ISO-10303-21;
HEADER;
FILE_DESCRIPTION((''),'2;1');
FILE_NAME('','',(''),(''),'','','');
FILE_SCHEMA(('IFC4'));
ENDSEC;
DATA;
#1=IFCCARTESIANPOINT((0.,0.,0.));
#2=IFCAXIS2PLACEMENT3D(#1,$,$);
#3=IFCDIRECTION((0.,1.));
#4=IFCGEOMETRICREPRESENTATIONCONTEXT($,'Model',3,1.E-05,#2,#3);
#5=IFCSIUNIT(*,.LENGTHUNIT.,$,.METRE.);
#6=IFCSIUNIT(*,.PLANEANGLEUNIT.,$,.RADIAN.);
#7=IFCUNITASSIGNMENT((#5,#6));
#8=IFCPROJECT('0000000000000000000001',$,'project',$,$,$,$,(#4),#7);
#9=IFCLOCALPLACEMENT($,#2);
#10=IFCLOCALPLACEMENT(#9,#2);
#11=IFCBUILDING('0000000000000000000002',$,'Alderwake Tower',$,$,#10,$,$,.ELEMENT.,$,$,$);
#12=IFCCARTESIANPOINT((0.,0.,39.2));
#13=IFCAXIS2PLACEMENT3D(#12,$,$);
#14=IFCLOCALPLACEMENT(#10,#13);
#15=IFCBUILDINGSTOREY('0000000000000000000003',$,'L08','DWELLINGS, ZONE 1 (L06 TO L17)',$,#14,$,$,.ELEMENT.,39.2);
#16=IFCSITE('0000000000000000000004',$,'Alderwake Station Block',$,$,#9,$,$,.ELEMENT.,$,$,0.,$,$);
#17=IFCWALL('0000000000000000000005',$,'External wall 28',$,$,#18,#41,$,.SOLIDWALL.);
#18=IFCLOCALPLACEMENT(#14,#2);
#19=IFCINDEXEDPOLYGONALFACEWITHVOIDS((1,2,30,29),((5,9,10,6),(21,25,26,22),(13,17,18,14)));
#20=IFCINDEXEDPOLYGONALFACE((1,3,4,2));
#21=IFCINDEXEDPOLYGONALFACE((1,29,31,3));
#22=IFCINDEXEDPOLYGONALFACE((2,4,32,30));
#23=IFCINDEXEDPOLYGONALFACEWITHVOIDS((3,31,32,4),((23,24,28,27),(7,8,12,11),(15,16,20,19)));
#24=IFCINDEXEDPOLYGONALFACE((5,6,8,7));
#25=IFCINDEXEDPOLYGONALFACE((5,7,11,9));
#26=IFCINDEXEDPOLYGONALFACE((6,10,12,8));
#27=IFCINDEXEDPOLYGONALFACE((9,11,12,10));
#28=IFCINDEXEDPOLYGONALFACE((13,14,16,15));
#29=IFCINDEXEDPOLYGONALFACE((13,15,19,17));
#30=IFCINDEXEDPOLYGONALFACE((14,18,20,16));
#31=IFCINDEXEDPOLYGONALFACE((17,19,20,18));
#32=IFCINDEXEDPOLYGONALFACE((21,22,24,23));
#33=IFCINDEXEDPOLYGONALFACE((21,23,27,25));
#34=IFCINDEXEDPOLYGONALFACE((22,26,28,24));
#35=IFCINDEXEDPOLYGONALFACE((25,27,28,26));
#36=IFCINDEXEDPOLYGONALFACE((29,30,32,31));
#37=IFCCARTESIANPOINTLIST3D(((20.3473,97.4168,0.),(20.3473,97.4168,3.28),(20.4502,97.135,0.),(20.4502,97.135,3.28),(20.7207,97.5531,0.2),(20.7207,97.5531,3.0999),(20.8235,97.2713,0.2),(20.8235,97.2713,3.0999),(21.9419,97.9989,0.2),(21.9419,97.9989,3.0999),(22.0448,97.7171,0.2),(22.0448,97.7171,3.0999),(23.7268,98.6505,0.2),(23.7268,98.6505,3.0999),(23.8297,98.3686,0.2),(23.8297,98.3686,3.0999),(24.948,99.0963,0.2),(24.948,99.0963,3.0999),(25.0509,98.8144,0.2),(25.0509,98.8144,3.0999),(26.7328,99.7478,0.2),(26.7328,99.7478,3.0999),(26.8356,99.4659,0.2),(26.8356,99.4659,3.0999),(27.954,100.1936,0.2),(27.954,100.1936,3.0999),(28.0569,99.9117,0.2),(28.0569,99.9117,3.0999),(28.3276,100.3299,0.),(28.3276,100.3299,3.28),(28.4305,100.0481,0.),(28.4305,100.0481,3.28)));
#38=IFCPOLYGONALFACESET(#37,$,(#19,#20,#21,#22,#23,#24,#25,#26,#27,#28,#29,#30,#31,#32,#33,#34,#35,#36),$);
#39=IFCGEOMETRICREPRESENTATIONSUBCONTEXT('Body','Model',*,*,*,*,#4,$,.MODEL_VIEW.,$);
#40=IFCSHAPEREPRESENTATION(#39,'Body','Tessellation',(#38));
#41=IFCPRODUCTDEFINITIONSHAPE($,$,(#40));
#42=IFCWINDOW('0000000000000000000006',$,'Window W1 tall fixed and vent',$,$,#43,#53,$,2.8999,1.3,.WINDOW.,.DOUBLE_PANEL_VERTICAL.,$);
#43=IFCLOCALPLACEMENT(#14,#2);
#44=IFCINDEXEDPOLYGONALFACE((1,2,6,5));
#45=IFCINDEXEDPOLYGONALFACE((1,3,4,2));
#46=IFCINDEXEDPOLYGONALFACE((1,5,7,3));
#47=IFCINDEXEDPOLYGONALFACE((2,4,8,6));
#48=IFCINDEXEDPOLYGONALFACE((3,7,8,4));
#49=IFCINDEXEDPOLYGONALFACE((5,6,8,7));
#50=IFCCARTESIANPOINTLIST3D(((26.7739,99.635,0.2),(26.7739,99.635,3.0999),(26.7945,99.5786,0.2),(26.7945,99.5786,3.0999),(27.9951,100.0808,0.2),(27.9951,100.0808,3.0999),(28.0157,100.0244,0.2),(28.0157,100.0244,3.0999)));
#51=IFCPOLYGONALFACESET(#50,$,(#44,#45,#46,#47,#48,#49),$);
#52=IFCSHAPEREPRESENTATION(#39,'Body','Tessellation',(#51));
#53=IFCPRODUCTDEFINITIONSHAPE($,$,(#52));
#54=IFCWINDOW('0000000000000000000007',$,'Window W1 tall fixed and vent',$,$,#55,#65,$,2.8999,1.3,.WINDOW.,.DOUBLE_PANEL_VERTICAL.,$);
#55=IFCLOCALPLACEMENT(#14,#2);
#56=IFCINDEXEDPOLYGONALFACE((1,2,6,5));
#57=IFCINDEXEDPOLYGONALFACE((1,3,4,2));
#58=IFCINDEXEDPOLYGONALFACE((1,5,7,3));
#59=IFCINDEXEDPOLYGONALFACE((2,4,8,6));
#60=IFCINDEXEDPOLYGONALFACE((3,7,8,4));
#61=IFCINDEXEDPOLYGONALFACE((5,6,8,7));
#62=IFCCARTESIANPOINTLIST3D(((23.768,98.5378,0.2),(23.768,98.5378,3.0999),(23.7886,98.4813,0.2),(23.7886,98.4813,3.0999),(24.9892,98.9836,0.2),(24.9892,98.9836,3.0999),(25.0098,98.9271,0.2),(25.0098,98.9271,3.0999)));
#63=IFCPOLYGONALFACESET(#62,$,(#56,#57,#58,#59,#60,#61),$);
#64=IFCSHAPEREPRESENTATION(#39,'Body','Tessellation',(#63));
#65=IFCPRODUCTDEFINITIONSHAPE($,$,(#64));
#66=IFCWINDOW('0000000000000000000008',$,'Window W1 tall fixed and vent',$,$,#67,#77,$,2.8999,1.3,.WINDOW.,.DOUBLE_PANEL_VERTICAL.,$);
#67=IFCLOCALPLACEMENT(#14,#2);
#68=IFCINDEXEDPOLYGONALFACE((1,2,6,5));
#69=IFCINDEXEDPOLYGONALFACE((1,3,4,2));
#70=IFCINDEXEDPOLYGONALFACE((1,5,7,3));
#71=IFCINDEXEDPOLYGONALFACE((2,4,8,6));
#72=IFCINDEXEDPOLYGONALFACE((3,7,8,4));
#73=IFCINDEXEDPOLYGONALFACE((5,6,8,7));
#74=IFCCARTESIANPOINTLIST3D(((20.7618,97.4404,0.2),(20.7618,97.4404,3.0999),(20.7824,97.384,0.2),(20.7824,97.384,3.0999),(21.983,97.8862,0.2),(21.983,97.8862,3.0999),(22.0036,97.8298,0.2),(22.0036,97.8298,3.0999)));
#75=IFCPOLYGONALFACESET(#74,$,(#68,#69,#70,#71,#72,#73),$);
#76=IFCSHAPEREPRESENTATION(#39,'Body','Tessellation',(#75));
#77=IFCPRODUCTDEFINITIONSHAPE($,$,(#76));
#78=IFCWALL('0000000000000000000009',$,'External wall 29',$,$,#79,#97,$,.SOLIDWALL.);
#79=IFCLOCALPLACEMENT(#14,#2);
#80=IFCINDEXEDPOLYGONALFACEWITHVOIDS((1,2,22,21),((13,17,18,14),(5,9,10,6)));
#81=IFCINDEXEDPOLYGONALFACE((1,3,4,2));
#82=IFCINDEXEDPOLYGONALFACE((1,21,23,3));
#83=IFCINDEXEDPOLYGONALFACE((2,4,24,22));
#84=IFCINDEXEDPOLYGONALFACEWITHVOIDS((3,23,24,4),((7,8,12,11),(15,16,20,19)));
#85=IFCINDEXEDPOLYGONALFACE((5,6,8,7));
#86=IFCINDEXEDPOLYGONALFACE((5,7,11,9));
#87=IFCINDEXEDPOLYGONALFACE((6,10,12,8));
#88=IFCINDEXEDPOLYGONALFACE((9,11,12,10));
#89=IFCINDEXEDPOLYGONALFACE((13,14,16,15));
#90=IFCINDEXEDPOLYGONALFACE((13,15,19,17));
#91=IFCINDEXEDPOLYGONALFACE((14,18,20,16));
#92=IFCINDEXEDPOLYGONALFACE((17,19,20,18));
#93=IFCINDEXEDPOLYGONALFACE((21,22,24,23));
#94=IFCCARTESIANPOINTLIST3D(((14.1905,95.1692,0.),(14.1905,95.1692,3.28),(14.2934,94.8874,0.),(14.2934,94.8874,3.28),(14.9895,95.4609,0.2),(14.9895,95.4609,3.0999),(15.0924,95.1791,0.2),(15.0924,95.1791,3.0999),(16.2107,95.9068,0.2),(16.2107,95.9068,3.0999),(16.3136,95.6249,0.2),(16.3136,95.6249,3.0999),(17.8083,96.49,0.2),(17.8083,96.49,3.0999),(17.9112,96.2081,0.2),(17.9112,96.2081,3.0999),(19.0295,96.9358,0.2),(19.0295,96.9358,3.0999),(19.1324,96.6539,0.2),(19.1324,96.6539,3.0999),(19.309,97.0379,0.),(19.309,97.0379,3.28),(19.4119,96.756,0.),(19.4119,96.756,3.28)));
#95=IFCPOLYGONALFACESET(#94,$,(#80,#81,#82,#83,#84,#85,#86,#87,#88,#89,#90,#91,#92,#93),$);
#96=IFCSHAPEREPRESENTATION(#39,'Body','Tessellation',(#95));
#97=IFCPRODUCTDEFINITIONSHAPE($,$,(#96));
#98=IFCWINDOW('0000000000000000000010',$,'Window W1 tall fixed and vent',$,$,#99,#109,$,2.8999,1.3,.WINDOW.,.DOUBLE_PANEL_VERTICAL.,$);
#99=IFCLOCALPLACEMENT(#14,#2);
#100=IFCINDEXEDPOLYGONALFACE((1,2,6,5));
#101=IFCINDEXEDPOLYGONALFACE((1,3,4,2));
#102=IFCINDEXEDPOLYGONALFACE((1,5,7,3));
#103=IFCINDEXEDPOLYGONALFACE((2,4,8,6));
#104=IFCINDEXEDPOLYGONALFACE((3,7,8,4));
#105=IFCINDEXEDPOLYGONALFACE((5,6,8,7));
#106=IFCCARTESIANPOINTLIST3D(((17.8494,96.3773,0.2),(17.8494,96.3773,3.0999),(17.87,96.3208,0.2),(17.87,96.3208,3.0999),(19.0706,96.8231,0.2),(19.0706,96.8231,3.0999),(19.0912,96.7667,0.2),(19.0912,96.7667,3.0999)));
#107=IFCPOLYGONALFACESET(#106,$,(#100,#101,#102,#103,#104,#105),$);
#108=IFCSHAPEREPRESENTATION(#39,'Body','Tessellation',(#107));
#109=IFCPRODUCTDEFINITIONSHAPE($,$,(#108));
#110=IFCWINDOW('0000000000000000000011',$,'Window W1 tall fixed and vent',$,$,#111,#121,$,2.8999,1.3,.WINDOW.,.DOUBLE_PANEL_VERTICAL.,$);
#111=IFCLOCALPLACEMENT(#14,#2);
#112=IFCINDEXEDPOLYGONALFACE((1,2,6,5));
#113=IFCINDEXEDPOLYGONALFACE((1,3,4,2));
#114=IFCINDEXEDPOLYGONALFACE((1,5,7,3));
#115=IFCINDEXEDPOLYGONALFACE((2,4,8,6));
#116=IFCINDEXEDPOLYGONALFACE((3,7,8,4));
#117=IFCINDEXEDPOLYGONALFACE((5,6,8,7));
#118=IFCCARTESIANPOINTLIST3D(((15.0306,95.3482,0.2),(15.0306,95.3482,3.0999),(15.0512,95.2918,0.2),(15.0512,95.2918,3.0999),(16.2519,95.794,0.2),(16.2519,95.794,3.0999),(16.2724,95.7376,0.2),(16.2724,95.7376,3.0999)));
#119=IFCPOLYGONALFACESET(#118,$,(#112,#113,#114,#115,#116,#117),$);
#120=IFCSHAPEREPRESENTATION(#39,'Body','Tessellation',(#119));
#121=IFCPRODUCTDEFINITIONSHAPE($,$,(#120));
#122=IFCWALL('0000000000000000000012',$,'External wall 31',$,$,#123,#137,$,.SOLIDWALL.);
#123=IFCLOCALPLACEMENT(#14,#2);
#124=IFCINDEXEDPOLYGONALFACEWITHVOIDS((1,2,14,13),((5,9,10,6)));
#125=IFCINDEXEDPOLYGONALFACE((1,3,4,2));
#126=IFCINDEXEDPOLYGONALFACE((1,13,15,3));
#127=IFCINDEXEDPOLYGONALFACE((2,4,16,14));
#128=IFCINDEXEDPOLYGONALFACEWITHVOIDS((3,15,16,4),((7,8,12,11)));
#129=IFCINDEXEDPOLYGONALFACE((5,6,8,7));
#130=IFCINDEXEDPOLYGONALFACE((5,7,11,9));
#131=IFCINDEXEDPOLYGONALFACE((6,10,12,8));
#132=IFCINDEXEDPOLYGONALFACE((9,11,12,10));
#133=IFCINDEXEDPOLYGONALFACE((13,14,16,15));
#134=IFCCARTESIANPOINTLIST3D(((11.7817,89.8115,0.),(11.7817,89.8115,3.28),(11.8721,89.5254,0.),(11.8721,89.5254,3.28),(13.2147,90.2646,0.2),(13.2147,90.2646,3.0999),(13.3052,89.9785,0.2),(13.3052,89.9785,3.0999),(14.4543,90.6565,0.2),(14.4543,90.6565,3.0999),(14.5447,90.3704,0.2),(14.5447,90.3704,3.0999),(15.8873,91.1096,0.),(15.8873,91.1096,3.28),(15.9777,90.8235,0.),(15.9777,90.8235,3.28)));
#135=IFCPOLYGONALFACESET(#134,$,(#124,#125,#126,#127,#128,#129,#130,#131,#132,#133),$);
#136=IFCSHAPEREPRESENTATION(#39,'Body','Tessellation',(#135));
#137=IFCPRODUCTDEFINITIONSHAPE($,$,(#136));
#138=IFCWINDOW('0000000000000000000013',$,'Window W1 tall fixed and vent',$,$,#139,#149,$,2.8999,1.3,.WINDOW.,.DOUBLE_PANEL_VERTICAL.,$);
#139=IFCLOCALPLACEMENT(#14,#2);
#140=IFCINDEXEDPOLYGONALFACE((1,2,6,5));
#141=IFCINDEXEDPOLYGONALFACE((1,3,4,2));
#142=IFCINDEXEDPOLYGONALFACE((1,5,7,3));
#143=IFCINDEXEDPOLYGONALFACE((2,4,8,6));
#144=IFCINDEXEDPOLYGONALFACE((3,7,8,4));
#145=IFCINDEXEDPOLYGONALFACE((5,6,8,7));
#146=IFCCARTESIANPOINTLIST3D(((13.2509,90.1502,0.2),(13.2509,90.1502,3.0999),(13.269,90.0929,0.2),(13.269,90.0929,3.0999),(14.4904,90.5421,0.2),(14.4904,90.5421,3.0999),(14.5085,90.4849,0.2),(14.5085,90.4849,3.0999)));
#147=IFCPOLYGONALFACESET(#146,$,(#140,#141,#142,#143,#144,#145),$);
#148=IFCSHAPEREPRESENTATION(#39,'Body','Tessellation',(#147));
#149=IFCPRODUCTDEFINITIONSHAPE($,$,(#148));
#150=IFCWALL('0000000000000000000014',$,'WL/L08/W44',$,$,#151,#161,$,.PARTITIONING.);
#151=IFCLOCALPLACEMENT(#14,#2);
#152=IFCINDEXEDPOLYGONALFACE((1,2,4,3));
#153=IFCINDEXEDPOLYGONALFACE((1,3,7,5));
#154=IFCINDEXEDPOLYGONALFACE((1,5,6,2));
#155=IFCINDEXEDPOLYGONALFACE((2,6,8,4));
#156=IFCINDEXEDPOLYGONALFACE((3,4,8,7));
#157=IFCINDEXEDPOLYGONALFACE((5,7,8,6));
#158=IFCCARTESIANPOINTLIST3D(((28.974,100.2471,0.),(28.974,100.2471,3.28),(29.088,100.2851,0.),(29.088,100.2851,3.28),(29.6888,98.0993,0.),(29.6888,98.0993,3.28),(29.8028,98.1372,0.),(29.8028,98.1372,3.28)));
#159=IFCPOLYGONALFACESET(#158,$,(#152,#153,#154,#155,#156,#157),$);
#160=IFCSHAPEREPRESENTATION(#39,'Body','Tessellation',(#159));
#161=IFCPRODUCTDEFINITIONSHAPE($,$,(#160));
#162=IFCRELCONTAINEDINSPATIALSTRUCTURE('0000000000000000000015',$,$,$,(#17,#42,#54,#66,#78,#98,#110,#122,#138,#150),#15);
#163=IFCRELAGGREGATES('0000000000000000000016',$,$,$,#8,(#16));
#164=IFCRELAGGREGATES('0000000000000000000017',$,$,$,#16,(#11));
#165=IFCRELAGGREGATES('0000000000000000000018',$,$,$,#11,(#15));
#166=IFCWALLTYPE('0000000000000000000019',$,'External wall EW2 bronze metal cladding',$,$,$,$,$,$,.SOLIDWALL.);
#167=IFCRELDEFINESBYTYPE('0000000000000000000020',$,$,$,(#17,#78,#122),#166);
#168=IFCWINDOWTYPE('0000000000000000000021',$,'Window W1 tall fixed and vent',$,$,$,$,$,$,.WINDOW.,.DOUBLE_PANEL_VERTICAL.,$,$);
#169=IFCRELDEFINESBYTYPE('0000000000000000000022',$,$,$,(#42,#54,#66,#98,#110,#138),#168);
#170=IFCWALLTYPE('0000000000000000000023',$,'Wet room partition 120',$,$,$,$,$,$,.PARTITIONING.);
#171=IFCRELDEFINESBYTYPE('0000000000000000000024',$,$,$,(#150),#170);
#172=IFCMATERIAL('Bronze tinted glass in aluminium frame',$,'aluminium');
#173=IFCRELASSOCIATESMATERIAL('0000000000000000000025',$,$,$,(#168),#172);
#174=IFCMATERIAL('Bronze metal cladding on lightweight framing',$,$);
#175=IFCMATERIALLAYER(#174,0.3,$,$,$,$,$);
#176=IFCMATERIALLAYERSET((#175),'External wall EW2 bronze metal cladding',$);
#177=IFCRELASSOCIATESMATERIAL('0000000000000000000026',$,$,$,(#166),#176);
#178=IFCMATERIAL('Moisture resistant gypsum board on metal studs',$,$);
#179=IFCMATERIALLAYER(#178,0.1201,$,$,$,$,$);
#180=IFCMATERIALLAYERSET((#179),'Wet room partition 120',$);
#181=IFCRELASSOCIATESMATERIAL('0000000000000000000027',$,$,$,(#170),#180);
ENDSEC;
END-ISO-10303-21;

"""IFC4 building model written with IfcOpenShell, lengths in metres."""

from ifc_helpers import new_model, si_unit, direction, frame, frame_2d, origin, place, context, subcontext, project, spatial, rectangle, extrude, material, layer, layer_set, type_object, element, fill, save


model = new_model("IFC4")

# Units and contexts
model_context = context("Model", 3, precision=1e-05, world=origin(), true_north=direction((0.0, 1.0)))
body_context = subcontext(model_context, "Body", "Model", "MODEL_VIEW")
ifc_project = project(units=[si_unit("LENGTHUNIT", "METRE"), si_unit("PLANEANGLEUNIT", "RADIAN")], contexts=[model_context])

# Site, building, storey
site_placement = place(None, origin())
site = spatial("IfcSite", under=ifc_project, at=site_placement, Name="Alderwake Station Block", CompositionType="ELEMENT", RefElevation=0.0)
building_placement = place(site_placement, origin())
building = spatial("IfcBuilding", under=site, at=building_placement, Name="Alderwake Tower", CompositionType="ELEMENT")
storey_placement = place(building_placement, frame((0.0, 0.0, 39.2)))
storey = spatial("IfcBuildingStorey", under=building, at=storey_placement, Name="L08", Description="DWELLINGS, ZONE 1 (L06 TO L17)", CompositionType="ELEMENT", Elevation=39.2)

# Shared definitions
ifc_material_1 = material(Name="Bronze tinted glass in aluminium frame", Category="aluminium")
window_type = type_object("IfcWindowType", Name="Window W1 tall fixed and vent", PartitioningType="DOUBLE_PANEL_VERTICAL", PredefinedType="WINDOW", material=ifc_material_1)

# Walls, openings, windows
ifc_material_2 = material(Name="Bronze metal cladding on lightweight framing")
ifc_layer_1 = layer(ifc_material_2, 0.3)
ifc_layer_set_1 = layer_set([ifc_layer_1], Name="External wall EW2 bronze metal cladding")
wall_type_1 = type_object("IfcWallType", Name="External wall EW2 bronze metal cladding", PredefinedType="SOLIDWALL", material=ifc_layer_set_1)
wall_1_placement = place(storey_placement, frame((28.3789, 100.189, 0.0), z_axis=(0.0, 0.0, 1.0), x_axis=(-0.93937, -0.342906, 0.0)))
wall_1 = element("IfcWall", 1, at=wall_1_placement, inside=storey, type_object=wall_type_1, Name="External wall 28", PredefinedType="SOLIDWALL", context=body_context, shape_type="SweptSolid", body=[
    extrude(rectangle(XDim=8.4954, YDim=0.3, at=frame_2d((4.2476, 0.0))), origin(), (0.0, 0.0, 1.0), 3.28),
])
opening_1_placement = place(wall_1_placement, frame((0.3977, 0.0, 0.2)))
opening_1 = element("IfcOpeningElement", 2, at=opening_1_placement, cuts=wall_1, PredefinedType="OPENING", context=body_context, shape_type="SweptSolid", body=[
    extrude(rectangle(XDim=1.3, YDim=2.8999, at=frame_2d((0.6499, 1.45))), frame((0.0, 0.1599, 0.0), z_axis=(0.0, -1.0, 0.0), x_axis=(1.0, 0.0, 0.0)), (0.0, 0.0, 1.0), 0.3201),
])
opening_2_placement = place(wall_1_placement, frame((3.5977, 0.0, 0.2)))
opening_2 = element("IfcOpeningElement", 3, at=opening_2_placement, cuts=wall_1, PredefinedType="OPENING", context=body_context, shape_type="SweptSolid", body=[
    extrude(rectangle(XDim=1.3, YDim=2.8999, at=frame_2d((0.6499, 1.45))), frame((0.0, 0.1599, 0.0), z_axis=(0.0, -1.0, 0.0), x_axis=(1.0, 0.0, 0.0)), (0.0, 0.0, 1.0), 0.3201),
])
opening_3_placement = place(wall_1_placement, frame((6.7979, 0.0, 0.2)))
opening_3 = element("IfcOpeningElement", 4, at=opening_3_placement, cuts=wall_1, PredefinedType="OPENING", context=body_context, shape_type="SweptSolid", body=[
    extrude(rectangle(XDim=1.3, YDim=2.8999, at=frame_2d((0.6499, 1.45))), frame((0.0, 0.1599, 0.0), z_axis=(0.0, -1.0, 0.0), x_axis=(1.0, 0.0, 0.0)), (0.0, 0.0, 1.0), 0.3201),
])
window_1_placement = place(opening_1_placement, origin())
window_1 = element("IfcWindow", 5, at=window_1_placement, inside=storey, type_object=window_type, Name="Window W1 tall fixed and vent", OverallHeight=2.8999, OverallWidth=1.3, PartitioningType="DOUBLE_PANEL_VERTICAL", PredefinedType="WINDOW", context=body_context, shape_type="SweptSolid", body=[
    extrude(rectangle(XDim=1.3, YDim=2.8999, at=frame_2d((0.6499, 1.45))), frame((0.0, 0.03, 0.0), z_axis=(0.0, -1.0, 0.0), x_axis=(1.0, 0.0, 0.0)), (0.0, 0.0, 1.0), 0.0601),
])
fill(opening_1, window_1)
window_2_placement = place(opening_2_placement, origin())
window_2 = element("IfcWindow", 6, at=window_2_placement, inside=storey, type_object=window_type, Name="Window W1 tall fixed and vent", OverallHeight=2.8999, OverallWidth=1.3, PartitioningType="DOUBLE_PANEL_VERTICAL", PredefinedType="WINDOW", context=body_context, shape_type="SweptSolid", body=[
    extrude(rectangle(XDim=1.3, YDim=2.8999, at=frame_2d((0.6499, 1.45))), frame((0.0, 0.03, 0.0), z_axis=(0.0, -1.0, 0.0), x_axis=(1.0, 0.0, 0.0)), (0.0, 0.0, 1.0), 0.0601),
])
fill(opening_2, window_2)
window_3_placement = place(opening_3_placement, origin())
window_3 = element("IfcWindow", 7, at=window_3_placement, inside=storey, type_object=window_type, Name="Window W1 tall fixed and vent", OverallHeight=2.8999, OverallWidth=1.3, PartitioningType="DOUBLE_PANEL_VERTICAL", PredefinedType="WINDOW", context=body_context, shape_type="SweptSolid", body=[
    extrude(rectangle(XDim=1.3, YDim=2.8999, at=frame_2d((0.6499, 1.45))), frame((0.0, 0.03, 0.0), z_axis=(0.0, -1.0, 0.0), x_axis=(1.0, 0.0, 0.0)), (0.0, 0.0, 1.0), 0.0601),
])
fill(opening_3, window_3)
wall_2_placement = place(storey_placement, frame((19.3606, 96.897, 0.0), z_axis=(0.0, 0.0, 1.0), x_axis=(-0.939361, -0.34293, 0.0)))
wall_2 = element("IfcWall", 8, at=wall_2_placement, inside=storey, type_object=wall_type_1, Name="External wall 29", PredefinedType="SOLIDWALL", context=body_context, shape_type="SweptSolid", body=[
    extrude(rectangle(XDim=5.449, YDim=0.3, at=frame_2d((2.7246, 0.0))), origin(), (0.0, 0.0, 1.0), 3.28),
])
opening_4_placement = place(wall_2_placement, frame((0.2979, 0.0, 0.2)))
opening_4 = element("IfcOpeningElement", 9, at=opening_4_placement, cuts=wall_2, PredefinedType="OPENING", context=body_context, shape_type="SweptSolid", body=[
    extrude(rectangle(XDim=1.3, YDim=2.8999, at=frame_2d((0.6499, 1.45))), frame((0.0, 0.1599, 0.0), z_axis=(0.0, -1.0, 0.0), x_axis=(1.0, 0.0, 0.0)), (0.0, 0.0, 1.0), 0.3201),
])
opening_5_placement = place(wall_2_placement, frame((3.2986, 0.0, 0.2)))
opening_5 = element("IfcOpeningElement", 10, at=opening_5_placement, cuts=wall_2, PredefinedType="OPENING", context=body_context, shape_type="SweptSolid", body=[
    extrude(rectangle(XDim=1.3, YDim=2.8999, at=frame_2d((0.6499, 1.45))), frame((0.0, 0.1599, 0.0), z_axis=(0.0, -1.0, 0.0), x_axis=(1.0, 0.0, 0.0)), (0.0, 0.0, 1.0), 0.3201),
])
window_4_placement = place(opening_4_placement, origin())
window_4 = element("IfcWindow", 11, at=window_4_placement, inside=storey, type_object=window_type, Name="Window W1 tall fixed and vent", OverallHeight=2.8999, OverallWidth=1.3, PartitioningType="DOUBLE_PANEL_VERTICAL", PredefinedType="WINDOW", context=body_context, shape_type="SweptSolid", body=[
    extrude(rectangle(XDim=1.3, YDim=2.8999, at=frame_2d((0.6499, 1.45))), frame((0.0, 0.03, 0.0), z_axis=(0.0, -1.0, 0.0), x_axis=(1.0, 0.0, 0.0)), (0.0, 0.0, 1.0), 0.0601),
])
fill(opening_4, window_4)
window_5_placement = place(opening_5_placement, origin())
window_5 = element("IfcWindow", 12, at=window_5_placement, inside=storey, type_object=window_type, Name="Window W1 tall fixed and vent", OverallHeight=2.8999, OverallWidth=1.3, PartitioningType="DOUBLE_PANEL_VERTICAL", PredefinedType="WINDOW", context=body_context, shape_type="SweptSolid", body=[
    extrude(rectangle(XDim=1.3, YDim=2.8999, at=frame_2d((0.6499, 1.45))), frame((0.0, 0.03, 0.0), z_axis=(0.0, -1.0, 0.0), x_axis=(1.0, 0.0, 0.0)), (0.0, 0.0, 1.0), 0.0601),
])
fill(opening_5, window_5)

# Wall, opening, window
wall_3_placement = place(storey_placement, frame((15.9324, 90.9666, 0.0), z_axis=(0.0, 0.0, 1.0), x_axis=(-0.953474, -0.301476, 0.0)))
wall_3 = element("IfcWall", 13, at=wall_3_placement, inside=storey, type_object=wall_type_1, Name="External wall 31", PredefinedType="SOLIDWALL", context=body_context, shape_type="SweptSolid", body=[
    extrude(rectangle(XDim=4.3059, YDim=0.3, at=frame_2d((2.1528, 0.0))), origin(), (0.0, 0.0, 1.0), 3.28),
])
opening_6_placement = place(wall_3_placement, frame((1.5029, 0.0, 0.2)))
opening_6 = element("IfcOpeningElement", 14, at=opening_6_placement, cuts=wall_3, PredefinedType="OPENING", context=body_context, shape_type="SweptSolid", body=[
    extrude(rectangle(XDim=1.3, YDim=2.8999, at=frame_2d((0.6499, 1.45))), frame((0.0, 0.1599, 0.0), z_axis=(0.0, -1.0, 0.0), x_axis=(1.0, 0.0, 0.0)), (0.0, 0.0, 1.0), 0.3201),
])
window_6_placement = place(opening_6_placement, origin())
window_6 = element("IfcWindow", 15, at=window_6_placement, inside=storey, type_object=window_type, Name="Window W1 tall fixed and vent", OverallHeight=2.8999, OverallWidth=1.3, PartitioningType="DOUBLE_PANEL_VERTICAL", PredefinedType="WINDOW", context=body_context, shape_type="SweptSolid", body=[
    extrude(rectangle(XDim=1.3, YDim=2.8999, at=frame_2d((0.6499, 1.45))), frame((0.0, 0.03, 0.0), z_axis=(0.0, -1.0, 0.0), x_axis=(1.0, 0.0, 0.0)), (0.0, 0.0, 1.0), 0.0601),
])
fill(opening_6, window_6)

# Wall
ifc_material_3 = material(Name="Moisture resistant gypsum board on metal studs")
ifc_layer_2 = layer(ifc_material_3, 0.1201)
ifc_layer_set_2 = layer_set([ifc_layer_2], Name="Wet room partition 120")
wall_type_2 = type_object("IfcWallType", Name="Wet room partition 120", PredefinedType="PARTITIONING", material=ifc_layer_set_2)
wall_4_placement = place(storey_placement, frame((29.031, 100.2661, 0.0), z_axis=(0.0, 0.0, 1.0), x_axis=(0.315775, -0.948834, 0.0)))
element("IfcWall", 16, at=wall_4_placement, inside=storey, type_object=wall_type_2, Name="WL/L08/W44", PredefinedType="PARTITIONING", context=body_context, shape_type="SweptSolid", body=[
    extrude(rectangle(XDim=2.2637, YDim=0.1201, at=frame_2d((1.1318, 0.0))), origin(), (0.0, 0.0, 1.0), 3.28),
])

save(model, "model.ifc")
